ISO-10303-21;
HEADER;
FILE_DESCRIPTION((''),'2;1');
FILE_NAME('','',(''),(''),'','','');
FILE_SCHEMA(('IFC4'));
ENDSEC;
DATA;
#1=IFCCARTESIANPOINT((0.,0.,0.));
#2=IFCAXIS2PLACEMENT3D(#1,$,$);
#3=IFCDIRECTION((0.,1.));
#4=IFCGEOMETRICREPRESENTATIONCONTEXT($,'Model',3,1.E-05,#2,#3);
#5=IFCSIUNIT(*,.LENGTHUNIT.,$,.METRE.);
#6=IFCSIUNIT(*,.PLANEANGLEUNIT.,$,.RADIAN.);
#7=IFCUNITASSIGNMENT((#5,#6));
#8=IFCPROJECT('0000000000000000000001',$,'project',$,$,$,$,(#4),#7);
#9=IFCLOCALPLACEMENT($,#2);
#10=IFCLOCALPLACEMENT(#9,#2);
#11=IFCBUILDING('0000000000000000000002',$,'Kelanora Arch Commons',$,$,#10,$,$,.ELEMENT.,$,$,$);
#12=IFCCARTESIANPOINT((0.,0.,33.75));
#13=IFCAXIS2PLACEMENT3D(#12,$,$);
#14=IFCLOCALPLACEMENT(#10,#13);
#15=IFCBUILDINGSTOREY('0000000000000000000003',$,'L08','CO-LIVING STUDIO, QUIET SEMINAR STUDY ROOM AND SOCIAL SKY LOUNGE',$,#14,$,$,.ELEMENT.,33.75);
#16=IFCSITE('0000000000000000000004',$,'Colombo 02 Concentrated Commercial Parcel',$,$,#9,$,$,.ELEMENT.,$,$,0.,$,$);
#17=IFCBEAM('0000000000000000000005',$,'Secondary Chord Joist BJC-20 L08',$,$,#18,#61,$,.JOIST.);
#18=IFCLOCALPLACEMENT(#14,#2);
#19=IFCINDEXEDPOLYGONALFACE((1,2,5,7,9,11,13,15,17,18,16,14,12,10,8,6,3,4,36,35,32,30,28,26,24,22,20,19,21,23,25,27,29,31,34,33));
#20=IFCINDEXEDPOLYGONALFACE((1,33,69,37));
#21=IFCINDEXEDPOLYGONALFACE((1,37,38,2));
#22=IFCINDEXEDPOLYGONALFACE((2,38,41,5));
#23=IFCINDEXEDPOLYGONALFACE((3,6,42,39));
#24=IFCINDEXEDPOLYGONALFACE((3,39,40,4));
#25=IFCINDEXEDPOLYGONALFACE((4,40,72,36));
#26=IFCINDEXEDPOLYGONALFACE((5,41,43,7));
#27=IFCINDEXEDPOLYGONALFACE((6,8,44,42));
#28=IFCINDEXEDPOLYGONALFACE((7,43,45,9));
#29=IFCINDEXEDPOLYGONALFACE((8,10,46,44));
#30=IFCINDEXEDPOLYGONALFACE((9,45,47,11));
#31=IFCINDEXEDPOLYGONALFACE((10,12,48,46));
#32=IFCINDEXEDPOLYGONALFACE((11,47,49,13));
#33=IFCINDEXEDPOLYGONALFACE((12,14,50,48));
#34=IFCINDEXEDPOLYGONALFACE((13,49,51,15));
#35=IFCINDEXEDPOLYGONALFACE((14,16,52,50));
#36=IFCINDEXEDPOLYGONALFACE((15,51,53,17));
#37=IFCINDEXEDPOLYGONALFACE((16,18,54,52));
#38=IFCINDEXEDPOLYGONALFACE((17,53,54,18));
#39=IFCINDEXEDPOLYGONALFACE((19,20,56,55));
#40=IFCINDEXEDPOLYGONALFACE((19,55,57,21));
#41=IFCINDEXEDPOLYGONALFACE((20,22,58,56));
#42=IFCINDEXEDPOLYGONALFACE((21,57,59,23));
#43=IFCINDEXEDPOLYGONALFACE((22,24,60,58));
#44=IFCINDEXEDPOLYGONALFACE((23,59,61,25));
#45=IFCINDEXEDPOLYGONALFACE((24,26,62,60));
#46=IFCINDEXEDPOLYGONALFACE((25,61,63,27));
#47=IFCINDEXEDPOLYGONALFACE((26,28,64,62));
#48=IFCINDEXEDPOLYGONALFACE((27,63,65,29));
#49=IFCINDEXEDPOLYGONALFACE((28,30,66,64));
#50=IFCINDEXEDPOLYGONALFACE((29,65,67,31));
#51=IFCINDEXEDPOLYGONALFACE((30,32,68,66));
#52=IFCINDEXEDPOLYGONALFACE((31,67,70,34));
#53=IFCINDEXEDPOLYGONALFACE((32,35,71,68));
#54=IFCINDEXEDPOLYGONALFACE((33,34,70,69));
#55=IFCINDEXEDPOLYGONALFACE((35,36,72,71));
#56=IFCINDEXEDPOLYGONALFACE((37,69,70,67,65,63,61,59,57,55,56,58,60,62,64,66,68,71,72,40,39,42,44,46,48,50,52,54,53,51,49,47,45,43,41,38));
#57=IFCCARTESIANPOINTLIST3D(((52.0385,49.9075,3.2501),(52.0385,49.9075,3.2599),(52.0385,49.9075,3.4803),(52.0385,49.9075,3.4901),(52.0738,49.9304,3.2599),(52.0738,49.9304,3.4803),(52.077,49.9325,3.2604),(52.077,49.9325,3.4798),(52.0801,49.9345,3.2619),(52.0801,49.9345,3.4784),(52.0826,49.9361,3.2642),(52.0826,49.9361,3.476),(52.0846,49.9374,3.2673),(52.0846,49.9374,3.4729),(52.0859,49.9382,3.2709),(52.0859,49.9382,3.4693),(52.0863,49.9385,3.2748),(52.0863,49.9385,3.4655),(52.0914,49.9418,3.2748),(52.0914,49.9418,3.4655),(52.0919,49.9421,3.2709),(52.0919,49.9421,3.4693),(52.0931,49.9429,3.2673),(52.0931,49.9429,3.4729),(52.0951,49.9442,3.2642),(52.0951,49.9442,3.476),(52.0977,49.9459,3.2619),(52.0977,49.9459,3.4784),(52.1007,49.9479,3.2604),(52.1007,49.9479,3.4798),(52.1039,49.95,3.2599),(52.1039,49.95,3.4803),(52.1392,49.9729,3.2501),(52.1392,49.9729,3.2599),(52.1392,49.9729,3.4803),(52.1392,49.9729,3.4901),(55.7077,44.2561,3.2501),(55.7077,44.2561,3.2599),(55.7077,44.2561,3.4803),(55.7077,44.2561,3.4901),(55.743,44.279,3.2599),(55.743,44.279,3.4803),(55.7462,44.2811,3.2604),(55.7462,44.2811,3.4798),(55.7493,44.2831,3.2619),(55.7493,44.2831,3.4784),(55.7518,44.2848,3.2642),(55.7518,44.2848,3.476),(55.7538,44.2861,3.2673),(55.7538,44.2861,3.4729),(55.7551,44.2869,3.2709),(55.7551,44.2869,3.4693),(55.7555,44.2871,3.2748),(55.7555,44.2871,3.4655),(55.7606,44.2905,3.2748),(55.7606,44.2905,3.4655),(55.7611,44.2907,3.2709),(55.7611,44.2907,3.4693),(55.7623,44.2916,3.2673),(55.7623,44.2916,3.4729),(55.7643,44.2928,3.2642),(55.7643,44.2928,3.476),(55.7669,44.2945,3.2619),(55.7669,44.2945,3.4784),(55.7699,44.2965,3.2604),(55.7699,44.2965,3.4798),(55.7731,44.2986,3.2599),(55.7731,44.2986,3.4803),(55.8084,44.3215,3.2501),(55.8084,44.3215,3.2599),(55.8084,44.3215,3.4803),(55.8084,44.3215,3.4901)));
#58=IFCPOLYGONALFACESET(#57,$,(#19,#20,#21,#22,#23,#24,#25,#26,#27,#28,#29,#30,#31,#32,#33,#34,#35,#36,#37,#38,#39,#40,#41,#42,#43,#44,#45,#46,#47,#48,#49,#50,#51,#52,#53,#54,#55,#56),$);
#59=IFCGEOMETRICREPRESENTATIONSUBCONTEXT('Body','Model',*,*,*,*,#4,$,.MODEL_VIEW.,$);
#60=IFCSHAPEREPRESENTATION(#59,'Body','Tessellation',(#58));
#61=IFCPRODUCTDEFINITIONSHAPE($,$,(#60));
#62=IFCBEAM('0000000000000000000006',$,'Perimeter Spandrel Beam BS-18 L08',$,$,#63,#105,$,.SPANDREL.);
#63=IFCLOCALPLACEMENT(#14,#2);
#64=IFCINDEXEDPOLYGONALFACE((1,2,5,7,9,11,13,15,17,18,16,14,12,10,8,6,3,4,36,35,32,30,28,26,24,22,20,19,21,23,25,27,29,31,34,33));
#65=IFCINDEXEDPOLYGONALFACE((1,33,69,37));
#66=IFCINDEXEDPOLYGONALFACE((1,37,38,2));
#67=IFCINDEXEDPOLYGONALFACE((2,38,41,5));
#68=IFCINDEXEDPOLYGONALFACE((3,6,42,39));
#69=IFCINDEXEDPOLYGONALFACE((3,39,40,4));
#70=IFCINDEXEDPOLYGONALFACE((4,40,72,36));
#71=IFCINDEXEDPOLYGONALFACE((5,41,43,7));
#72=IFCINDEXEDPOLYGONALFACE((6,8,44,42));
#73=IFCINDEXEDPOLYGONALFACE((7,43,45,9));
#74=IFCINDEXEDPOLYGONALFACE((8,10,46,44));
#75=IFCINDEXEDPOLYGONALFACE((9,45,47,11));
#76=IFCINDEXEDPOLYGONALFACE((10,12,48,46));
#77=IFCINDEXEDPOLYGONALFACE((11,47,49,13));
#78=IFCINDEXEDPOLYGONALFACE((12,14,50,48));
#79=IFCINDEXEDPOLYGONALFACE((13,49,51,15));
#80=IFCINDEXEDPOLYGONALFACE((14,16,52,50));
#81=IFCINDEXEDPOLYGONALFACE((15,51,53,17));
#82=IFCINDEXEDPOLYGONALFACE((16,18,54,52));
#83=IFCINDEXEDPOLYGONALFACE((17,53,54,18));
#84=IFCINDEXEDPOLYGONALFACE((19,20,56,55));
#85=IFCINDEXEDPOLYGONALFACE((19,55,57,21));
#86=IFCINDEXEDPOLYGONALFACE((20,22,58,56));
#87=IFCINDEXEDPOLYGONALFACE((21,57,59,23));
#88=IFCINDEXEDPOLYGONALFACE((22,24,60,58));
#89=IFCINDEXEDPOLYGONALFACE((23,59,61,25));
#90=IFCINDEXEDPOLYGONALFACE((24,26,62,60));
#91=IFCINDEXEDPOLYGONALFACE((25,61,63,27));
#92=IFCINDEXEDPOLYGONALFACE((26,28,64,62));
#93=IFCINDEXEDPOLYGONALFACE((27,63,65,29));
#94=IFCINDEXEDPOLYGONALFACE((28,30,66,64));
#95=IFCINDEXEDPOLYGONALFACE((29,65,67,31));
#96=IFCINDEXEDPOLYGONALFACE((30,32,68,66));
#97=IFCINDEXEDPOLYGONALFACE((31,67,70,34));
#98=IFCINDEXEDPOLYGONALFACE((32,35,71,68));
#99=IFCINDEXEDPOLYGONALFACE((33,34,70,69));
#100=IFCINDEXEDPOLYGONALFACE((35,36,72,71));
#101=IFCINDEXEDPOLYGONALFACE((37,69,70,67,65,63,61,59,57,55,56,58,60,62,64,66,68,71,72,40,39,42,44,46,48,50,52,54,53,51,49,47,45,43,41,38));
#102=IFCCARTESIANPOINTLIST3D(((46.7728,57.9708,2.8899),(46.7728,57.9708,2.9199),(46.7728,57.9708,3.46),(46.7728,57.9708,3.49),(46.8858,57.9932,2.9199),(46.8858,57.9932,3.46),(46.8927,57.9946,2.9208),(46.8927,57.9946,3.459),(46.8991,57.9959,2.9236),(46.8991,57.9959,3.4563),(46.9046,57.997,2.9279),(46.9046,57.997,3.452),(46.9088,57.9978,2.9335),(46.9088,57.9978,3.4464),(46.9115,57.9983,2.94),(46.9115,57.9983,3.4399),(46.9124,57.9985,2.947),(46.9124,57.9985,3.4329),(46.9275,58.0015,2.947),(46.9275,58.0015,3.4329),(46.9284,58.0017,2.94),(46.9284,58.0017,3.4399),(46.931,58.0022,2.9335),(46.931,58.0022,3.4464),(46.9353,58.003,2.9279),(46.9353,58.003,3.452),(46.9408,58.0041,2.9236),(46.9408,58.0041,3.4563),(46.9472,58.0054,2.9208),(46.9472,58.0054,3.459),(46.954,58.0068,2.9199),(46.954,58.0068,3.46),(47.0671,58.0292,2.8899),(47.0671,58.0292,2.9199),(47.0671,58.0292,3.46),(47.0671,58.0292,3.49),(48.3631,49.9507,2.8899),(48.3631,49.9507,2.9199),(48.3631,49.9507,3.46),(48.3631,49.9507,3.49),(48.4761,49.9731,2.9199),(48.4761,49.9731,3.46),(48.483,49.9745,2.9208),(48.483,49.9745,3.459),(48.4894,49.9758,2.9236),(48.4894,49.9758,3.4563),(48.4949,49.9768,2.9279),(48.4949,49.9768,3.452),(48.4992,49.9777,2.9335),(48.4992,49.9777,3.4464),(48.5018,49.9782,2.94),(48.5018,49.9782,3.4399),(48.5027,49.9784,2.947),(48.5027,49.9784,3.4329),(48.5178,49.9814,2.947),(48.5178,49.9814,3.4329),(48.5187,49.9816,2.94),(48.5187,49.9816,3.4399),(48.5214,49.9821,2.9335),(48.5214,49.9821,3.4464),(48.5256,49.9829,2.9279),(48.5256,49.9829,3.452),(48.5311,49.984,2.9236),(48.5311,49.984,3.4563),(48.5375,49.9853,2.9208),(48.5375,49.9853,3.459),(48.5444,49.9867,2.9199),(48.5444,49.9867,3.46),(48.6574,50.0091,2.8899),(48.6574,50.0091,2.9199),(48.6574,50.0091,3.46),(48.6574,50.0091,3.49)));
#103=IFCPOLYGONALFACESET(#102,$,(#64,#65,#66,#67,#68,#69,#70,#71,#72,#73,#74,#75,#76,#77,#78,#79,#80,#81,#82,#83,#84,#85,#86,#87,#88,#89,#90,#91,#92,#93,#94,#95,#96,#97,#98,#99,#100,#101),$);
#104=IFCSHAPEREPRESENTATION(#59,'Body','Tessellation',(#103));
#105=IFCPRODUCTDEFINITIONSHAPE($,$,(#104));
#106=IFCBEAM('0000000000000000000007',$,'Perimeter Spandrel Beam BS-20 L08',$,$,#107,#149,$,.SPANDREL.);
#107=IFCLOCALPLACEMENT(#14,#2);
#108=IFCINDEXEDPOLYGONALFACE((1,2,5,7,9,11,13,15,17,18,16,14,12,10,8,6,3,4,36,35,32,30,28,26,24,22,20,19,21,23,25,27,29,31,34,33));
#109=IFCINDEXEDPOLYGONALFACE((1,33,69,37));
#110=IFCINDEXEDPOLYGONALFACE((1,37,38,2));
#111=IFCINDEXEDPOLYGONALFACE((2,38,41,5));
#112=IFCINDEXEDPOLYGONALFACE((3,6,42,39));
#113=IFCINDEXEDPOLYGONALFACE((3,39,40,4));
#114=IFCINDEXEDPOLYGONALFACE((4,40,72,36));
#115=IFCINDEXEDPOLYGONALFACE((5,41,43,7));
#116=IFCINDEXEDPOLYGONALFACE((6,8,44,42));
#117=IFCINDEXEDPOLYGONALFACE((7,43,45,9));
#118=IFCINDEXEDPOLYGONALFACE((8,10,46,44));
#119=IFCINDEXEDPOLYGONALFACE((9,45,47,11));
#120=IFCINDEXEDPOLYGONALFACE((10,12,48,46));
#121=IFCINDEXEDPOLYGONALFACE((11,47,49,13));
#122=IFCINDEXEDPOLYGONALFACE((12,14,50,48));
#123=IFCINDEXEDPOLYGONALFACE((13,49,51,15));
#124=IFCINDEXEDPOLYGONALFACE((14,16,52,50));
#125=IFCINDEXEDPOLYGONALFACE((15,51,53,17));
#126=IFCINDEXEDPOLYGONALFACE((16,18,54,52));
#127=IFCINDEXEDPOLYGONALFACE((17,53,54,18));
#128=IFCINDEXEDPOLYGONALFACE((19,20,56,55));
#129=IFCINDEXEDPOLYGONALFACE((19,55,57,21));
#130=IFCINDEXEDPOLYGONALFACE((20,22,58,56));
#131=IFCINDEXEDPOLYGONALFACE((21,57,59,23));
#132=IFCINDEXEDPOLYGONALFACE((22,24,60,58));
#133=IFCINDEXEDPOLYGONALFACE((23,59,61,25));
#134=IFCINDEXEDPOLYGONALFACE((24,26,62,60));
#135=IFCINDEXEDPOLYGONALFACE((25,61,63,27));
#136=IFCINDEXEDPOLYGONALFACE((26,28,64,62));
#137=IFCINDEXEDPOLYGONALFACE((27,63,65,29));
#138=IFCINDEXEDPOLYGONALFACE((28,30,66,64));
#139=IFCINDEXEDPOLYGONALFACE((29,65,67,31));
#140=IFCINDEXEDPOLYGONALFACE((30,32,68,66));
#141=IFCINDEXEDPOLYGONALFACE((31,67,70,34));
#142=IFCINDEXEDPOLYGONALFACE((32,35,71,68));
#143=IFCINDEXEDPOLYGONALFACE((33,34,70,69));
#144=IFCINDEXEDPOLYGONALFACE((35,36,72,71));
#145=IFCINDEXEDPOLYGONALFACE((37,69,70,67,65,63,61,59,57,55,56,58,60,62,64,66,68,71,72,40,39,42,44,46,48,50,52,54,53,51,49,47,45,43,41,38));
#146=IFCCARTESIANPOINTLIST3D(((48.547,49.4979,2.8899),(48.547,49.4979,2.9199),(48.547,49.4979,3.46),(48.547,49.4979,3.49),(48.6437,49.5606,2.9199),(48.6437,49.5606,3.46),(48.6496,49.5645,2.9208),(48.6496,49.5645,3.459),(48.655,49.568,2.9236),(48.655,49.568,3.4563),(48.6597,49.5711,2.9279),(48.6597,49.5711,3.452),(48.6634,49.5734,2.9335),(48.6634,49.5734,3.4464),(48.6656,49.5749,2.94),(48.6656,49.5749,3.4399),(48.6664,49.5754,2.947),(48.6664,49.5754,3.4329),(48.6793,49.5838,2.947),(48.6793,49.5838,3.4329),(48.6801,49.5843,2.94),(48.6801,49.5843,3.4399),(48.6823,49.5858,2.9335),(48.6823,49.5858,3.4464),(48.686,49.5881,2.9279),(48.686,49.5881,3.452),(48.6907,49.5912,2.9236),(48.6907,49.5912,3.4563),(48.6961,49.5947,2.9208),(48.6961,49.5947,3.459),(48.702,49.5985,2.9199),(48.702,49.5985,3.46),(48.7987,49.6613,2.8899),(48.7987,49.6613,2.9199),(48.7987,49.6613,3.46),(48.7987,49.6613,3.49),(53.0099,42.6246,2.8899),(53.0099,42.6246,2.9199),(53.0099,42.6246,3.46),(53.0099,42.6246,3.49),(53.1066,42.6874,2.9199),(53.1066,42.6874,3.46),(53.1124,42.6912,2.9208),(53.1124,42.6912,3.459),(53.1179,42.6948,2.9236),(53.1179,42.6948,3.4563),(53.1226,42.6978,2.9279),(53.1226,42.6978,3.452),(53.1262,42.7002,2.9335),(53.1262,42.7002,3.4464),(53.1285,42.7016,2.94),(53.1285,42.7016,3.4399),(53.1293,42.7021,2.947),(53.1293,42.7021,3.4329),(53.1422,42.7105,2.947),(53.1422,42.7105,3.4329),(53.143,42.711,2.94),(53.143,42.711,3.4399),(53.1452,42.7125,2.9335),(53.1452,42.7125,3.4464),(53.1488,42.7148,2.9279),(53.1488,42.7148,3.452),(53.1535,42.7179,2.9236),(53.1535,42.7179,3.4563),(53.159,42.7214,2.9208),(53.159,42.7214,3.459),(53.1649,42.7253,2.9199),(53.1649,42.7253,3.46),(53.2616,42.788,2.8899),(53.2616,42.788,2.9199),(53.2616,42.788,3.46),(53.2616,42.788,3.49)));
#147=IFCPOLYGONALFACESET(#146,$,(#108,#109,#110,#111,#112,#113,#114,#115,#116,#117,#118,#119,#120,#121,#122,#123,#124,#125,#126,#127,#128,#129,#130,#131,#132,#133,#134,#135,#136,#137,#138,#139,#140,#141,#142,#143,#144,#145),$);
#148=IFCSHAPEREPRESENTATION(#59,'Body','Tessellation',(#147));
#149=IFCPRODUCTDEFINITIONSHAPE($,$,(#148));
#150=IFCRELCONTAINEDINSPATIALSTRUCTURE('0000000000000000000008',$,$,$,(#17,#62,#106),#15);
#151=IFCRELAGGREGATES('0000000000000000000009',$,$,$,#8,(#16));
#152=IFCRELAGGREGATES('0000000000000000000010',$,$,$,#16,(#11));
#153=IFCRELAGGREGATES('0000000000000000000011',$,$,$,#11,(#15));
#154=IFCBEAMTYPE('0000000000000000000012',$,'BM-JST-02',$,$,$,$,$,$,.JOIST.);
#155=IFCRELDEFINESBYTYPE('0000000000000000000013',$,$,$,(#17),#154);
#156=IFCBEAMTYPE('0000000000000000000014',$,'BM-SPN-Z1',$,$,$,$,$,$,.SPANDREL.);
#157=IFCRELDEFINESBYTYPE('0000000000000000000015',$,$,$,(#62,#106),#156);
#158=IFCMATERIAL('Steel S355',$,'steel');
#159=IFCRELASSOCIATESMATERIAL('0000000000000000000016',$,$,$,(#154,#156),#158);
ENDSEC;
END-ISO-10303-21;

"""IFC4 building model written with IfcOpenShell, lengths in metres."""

from ifc_helpers import new_model, si_unit, direction, frame, origin, origin_2d, place, context, subcontext, project, spatial, i_section, extrude, material, material_profile, profile_set, type_object, element, save


model = new_model("IFC4")

# Units and contexts
model_context = context("Model", 3, precision=1e-05, world=origin(), true_north=direction((0.0, 1.0)))
body_context = subcontext(model_context, "Body", "Model", "MODEL_VIEW")
ifc_project = project(units=[si_unit("LENGTHUNIT", "METRE"), si_unit("PLANEANGLEUNIT", "RADIAN")], contexts=[model_context])

# Site, building, storey
site_placement = place(None, origin())
site = spatial("IfcSite", under=ifc_project, at=site_placement, Name="Colombo 02 Concentrated Commercial Parcel", CompositionType="ELEMENT", RefElevation=0.0)
building_placement = place(site_placement, origin())
building = spatial("IfcBuilding", under=site, at=building_placement, Name="Kelanora Arch Commons", CompositionType="ELEMENT")
storey_placement = place(building_placement, frame((0.0, 0.0, 33.75)))
storey = spatial("IfcBuildingStorey", under=building, at=storey_placement, Name="L08", Description="CO-LIVING STUDIO, QUIET SEMINAR STUDY ROOM AND SOCIAL SKY LOUNGE", CompositionType="ELEMENT", Elevation=33.75)

# Beams
ifc_material_1 = material(Name="Steel S355", Category="steel")
ifc_material_profile_1 = material_profile(ifc_material_1, i_section(OverallWidth=0.1201, OverallDepth=0.24, WebThickness=0.0061, FlangeThickness=0.0098, FilletRadius=0.0149, at=origin_2d()), Name="IPE240")
ifc_profile_set_1 = profile_set([ifc_material_profile_1], Name="Steel S355")
beam_type_1 = type_object("IfcBeamType", Name="BM-JST-02", PredefinedType="JOIST", material=ifc_profile_set_1)
beam_1_placement = place(storey_placement, frame((52.0889, 49.9402, 3.3701), z_axis=(0.54455, -0.838728, 0.0), x_axis=(0.838728, 0.54455, 0.0)))
element("IfcBeam", 1, at=beam_1_placement, inside=storey, type_object=beam_type_1, Name="Secondary Chord Joist BJC-20 L08", PredefinedType="JOIST", context=body_context, shape_type="SweptSolid", body=[
    extrude(i_section(OverallWidth=0.1201, OverallDepth=0.24, WebThickness=0.0061, FlangeThickness=0.0098, FilletRadius=0.0149, at=origin_2d()), origin(), (0.0, 0.0, 1.0), 6.738),
])
ifc_material_profile_2 = material_profile(ifc_material_1, i_section(OverallWidth=0.3, OverallDepth=0.6001, WebThickness=0.0154, FlangeThickness=0.03, FilletRadius=0.0271, at=origin_2d()), Name="HEB600")
ifc_profile_set_2 = profile_set([ifc_material_profile_2], Name="Steel S355")
beam_type_2 = type_object("IfcBeamType", Name="BM-SPN-Z1", PredefinedType="SPANDREL", material=ifc_profile_set_2)
beam_2_placement = place(storey_placement, frame((46.9199, 58.0, 3.1899), z_axis=(0.194508, -0.980901, 0.0), x_axis=(0.980901, 0.194508, 0.0)))
element("IfcBeam", 2, at=beam_2_placement, inside=storey, type_object=beam_type_2, Name="Perimeter Spandrel Beam BS-18 L08", PredefinedType="SPANDREL", context=body_context, shape_type="SweptSolid", body=[
    extrude(i_section(OverallWidth=0.3, OverallDepth=0.6001, WebThickness=0.0154, FlangeThickness=0.03, FilletRadius=0.0271, at=origin_2d()), origin(), (0.0, 0.0, 1.0), 8.1763),
])
beam_3_placement = place(storey_placement, frame((48.6729, 49.5796, 3.1899), z_axis=(0.544581, -0.838708, 0.0), x_axis=(0.838708, 0.544581, 0.0)))
element("IfcBeam", 3, at=beam_3_placement, inside=storey, type_object=beam_type_2, Name="Perimeter Spandrel Beam BS-20 L08", PredefinedType="SPANDREL", context=body_context, shape_type="SweptSolid", body=[
    extrude(i_section(OverallWidth=0.3, OverallDepth=0.6001, WebThickness=0.0154, FlangeThickness=0.03, FilletRadius=0.0271, at=origin_2d()), origin(), (0.0, 0.0, 1.0), 8.1951),
])

save(model, "model.ifc")
